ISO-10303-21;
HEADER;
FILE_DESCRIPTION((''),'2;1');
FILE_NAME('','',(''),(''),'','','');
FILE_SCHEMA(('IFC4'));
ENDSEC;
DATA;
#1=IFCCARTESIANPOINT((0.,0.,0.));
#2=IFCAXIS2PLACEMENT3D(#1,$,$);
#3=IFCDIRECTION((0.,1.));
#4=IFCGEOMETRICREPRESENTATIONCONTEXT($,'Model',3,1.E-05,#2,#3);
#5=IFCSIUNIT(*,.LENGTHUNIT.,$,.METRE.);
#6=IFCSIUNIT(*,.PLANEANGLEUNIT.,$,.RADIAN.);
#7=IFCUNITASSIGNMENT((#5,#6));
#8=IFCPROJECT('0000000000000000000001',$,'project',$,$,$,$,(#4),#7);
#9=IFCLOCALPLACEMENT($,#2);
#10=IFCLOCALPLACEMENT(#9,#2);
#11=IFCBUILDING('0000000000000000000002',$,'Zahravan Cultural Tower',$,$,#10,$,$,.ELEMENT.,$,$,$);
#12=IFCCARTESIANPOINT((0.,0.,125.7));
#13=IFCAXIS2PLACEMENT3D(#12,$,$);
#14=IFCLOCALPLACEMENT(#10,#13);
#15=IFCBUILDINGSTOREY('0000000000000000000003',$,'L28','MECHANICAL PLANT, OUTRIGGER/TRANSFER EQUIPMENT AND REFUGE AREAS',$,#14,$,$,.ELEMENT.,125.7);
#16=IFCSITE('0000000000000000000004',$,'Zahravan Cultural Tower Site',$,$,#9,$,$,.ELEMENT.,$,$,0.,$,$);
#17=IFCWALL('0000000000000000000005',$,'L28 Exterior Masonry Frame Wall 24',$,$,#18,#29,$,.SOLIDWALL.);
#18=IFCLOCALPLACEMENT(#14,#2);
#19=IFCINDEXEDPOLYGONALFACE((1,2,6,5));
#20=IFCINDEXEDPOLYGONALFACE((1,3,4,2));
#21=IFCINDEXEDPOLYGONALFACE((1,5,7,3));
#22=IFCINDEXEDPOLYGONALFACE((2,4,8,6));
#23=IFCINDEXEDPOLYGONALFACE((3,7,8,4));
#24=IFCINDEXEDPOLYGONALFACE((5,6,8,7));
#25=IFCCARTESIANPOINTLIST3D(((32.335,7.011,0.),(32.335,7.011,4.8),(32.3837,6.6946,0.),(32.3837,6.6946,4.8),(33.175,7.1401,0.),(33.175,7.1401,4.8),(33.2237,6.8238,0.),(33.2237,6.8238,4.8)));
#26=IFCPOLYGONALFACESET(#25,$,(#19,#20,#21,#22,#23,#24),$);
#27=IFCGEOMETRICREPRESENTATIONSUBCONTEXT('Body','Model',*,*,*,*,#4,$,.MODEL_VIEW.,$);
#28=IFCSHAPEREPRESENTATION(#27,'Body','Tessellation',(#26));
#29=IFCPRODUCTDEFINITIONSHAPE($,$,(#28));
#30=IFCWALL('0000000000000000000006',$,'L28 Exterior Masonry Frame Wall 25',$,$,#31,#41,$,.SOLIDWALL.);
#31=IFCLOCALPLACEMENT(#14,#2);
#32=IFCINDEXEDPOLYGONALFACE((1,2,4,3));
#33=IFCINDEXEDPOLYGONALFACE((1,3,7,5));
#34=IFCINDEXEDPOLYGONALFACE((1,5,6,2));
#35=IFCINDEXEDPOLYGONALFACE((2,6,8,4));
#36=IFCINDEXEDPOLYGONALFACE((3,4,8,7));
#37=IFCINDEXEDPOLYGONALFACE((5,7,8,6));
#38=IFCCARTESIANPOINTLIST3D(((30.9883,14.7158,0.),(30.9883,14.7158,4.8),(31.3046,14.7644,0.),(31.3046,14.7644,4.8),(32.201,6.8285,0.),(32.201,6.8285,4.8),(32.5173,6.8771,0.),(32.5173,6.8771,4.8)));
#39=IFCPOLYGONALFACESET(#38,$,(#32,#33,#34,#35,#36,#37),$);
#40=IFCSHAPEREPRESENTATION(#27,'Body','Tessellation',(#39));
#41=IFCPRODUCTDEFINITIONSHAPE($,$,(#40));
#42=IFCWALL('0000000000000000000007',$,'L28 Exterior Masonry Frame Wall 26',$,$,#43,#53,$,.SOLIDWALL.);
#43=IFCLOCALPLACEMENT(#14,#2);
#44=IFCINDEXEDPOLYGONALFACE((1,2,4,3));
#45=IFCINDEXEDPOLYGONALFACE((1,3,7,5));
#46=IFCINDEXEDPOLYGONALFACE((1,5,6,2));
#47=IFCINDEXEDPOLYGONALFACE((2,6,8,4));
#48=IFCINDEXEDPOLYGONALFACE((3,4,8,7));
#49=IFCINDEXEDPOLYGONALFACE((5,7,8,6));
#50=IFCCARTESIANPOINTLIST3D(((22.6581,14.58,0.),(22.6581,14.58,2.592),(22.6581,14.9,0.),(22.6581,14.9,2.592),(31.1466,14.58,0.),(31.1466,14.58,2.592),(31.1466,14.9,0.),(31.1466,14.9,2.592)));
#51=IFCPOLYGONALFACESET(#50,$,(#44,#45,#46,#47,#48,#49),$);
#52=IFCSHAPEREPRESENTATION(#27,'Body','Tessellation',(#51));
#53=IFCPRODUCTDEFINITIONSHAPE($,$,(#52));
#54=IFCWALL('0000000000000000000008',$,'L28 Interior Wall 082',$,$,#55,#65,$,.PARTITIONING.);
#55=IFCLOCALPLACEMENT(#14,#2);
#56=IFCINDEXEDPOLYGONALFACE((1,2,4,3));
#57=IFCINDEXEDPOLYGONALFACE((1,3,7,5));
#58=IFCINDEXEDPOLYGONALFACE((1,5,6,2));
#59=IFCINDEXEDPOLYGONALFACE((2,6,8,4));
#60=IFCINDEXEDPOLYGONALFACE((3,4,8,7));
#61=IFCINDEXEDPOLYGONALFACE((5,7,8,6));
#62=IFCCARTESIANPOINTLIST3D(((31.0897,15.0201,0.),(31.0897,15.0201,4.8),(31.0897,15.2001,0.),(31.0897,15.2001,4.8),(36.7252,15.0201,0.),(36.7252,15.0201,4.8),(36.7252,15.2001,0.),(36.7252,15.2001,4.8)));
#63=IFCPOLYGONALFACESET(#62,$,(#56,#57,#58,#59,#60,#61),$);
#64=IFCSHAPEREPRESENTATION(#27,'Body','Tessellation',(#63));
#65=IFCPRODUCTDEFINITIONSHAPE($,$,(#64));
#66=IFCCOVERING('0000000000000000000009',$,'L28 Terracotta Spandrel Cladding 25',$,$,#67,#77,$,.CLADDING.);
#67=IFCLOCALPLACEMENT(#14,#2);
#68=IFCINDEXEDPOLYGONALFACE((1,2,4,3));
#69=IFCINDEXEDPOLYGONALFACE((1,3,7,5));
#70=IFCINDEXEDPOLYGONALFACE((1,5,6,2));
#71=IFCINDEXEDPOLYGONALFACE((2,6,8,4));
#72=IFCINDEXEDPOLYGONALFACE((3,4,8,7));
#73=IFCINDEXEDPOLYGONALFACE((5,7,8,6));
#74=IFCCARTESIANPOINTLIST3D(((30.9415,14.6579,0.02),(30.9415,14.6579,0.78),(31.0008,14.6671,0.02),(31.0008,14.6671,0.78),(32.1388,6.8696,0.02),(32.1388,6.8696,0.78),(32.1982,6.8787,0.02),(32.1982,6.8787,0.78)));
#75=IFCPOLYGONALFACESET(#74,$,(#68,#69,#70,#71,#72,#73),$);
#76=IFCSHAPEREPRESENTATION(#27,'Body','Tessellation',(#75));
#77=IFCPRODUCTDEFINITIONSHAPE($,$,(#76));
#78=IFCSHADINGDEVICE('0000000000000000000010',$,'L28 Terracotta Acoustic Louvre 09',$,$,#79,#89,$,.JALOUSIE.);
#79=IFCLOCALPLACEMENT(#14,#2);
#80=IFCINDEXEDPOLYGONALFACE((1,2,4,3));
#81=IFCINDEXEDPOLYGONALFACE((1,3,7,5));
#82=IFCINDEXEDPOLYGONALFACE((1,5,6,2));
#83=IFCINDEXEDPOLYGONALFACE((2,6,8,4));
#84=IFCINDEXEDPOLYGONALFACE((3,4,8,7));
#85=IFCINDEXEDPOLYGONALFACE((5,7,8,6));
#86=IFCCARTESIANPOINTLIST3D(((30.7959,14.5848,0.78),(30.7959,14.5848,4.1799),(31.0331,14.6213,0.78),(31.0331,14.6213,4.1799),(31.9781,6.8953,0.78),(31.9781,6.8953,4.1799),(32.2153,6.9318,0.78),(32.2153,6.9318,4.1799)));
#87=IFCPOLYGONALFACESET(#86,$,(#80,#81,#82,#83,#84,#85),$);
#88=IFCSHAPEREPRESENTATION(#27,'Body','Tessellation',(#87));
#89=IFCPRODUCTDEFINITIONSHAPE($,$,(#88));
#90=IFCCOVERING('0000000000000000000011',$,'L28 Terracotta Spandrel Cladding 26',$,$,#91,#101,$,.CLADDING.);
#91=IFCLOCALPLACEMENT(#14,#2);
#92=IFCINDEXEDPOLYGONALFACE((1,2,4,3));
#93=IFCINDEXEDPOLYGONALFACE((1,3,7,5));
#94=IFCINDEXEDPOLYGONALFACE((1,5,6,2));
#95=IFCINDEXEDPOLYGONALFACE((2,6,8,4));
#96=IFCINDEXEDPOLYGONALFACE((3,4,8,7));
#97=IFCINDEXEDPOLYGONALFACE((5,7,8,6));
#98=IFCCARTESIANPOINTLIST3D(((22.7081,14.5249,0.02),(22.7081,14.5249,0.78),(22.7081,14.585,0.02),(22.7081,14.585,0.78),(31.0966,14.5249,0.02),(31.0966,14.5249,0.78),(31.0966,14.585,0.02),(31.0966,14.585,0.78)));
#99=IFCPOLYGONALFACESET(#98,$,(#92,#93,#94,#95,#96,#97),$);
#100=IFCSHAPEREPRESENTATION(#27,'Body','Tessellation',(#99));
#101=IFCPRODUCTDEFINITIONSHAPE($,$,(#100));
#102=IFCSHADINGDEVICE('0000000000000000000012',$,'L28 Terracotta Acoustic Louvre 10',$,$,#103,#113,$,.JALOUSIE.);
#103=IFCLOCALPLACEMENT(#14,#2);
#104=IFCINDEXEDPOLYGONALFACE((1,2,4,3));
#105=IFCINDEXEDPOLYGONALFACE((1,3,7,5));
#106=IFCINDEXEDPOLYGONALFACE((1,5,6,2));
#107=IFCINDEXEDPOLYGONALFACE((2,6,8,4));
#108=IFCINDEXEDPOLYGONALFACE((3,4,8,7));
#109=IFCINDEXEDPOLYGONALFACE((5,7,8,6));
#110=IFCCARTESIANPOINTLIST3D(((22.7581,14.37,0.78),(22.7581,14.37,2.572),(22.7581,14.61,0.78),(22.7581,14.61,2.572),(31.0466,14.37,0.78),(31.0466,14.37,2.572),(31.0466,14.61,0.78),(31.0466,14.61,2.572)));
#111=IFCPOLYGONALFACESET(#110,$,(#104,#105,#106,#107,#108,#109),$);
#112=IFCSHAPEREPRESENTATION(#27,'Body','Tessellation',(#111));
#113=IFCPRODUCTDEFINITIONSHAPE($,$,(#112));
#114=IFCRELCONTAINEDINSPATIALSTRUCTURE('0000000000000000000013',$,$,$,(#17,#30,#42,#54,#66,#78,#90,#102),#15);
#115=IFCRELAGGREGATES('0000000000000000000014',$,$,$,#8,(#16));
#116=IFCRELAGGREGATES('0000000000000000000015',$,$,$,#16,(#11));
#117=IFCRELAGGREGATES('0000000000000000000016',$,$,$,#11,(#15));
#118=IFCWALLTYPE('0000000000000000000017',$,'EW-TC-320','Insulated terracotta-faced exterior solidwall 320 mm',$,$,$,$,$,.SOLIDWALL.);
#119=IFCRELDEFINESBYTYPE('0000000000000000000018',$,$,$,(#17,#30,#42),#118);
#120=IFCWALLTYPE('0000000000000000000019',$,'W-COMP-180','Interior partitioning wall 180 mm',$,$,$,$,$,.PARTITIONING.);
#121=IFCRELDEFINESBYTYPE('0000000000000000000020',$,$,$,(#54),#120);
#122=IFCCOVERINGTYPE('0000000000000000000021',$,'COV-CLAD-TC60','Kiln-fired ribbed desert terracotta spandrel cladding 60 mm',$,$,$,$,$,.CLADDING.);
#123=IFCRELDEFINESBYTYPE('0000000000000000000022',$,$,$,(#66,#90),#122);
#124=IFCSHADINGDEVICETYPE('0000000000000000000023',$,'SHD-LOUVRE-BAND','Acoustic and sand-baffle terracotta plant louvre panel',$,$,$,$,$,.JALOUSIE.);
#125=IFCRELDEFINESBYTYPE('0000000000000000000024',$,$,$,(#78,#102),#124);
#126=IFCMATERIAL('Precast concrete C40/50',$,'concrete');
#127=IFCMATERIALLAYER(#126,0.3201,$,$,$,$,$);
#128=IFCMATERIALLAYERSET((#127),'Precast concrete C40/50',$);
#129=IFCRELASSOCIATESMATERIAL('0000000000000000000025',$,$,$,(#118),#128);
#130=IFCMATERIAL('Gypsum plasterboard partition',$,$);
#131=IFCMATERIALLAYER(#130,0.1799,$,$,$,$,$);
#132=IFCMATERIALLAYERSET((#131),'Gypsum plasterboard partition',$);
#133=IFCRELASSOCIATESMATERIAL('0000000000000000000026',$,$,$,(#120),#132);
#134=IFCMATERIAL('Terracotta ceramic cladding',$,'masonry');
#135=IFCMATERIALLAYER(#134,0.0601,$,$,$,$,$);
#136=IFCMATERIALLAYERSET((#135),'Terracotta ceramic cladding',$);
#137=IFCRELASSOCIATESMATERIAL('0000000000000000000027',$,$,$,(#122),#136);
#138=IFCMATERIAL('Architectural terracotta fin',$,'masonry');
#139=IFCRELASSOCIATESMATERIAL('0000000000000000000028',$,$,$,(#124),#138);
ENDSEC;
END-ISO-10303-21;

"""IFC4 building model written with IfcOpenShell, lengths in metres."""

from ifc_helpers import new_model, si_unit, direction, frame, frame_2d, origin, origin_2d, place, context, subcontext, project, spatial, rectangle, extrude, source, transform, mapped, material, layer, layer_set, type_object, element, save


model = new_model("IFC4")

# Units and contexts
model_context = context("Model", 3, precision=1e-05, world=origin(), true_north=direction((0.0, 1.0)))
body_context = subcontext(model_context, "Body", "Model", "MODEL_VIEW")
ifc_project = project(units=[si_unit("LENGTHUNIT", "METRE"), si_unit("PLANEANGLEUNIT", "RADIAN")], contexts=[model_context])

# Site, building, storey
site_placement = place(None, origin())
site = spatial("IfcSite", under=ifc_project, at=site_placement, Name="Zahravan Cultural Tower Site", CompositionType="ELEMENT", RefElevation=0.0)
building_placement = place(site_placement, origin())
building = spatial("IfcBuilding", under=site, at=building_placement, Name="Zahravan Cultural Tower", CompositionType="ELEMENT")
storey_placement = place(building_placement, frame((0.0, 0.0, 125.7)))
storey = spatial("IfcBuildingStorey", under=building, at=storey_placement, Name="L28", Description="MECHANICAL PLANT, OUTRIGGER/TRANSFER EQUIPMENT AND REFUGE AREAS", CompositionType="ELEMENT", Elevation=125.7)

# Walls
ifc_material_1 = material(Name="Precast concrete C40/50", Category="concrete")
ifc_layer_1 = layer(ifc_material_1, 0.3201)
ifc_layer_set_1 = layer_set([ifc_layer_1], Name="Precast concrete C40/50")
wall_type_1 = type_object("IfcWallType", Name="EW-TC-320", Description="Insulated terracotta-faced exterior solidwall 320 mm", PredefinedType="SOLIDWALL", material=ifc_layer_set_1)
shared_shape_1 = source(origin(), body_context, "Body", "SweptSolid", [
    extrude(rectangle(XDim=0.8499, YDim=0.3201, at=frame_2d((0.4248, 0.0))), origin(), (0.0, 0.0, 1.0), 4.8),
])
for number, where, z_axis, x_axis, name in (
    (1, (33.1992, 6.9819, 0.0), (0.0, 0.0, 1.0), (-0.988388, -0.151949, 0.0), "L28 Exterior Masonry Frame Wall 24"),
):
    element("IfcWall", number, at=place(storey_placement, frame(where, z_axis=z_axis, x_axis=x_axis)), inside=storey, type_object=wall_type_1, Name=name, PredefinedType="SOLIDWALL", context=body_context, shape_type="MappedRepresentation", body=[
        mapped(shared_shape_1, transform((0.0, 0.0, 0.0), x_axis=(1.0, 0.0, 0.0), y_axis=(0.0, 1.0, 0.0), z_axis=(0.0, 0.0, 1.0), scale=1.0)),
    ])
shared_shape_2 = source(origin(), body_context, "Body", "SweptSolid", [
    extrude(rectangle(XDim=7.98, YDim=0.3201, at=frame_2d((3.99, 0.0))), origin(), (0.0, 0.0, 1.0), 4.8),
])
wall_1_placement = place(storey_placement, frame((32.3591, 6.8528, 0.0), z_axis=(0.0, 0.0, 1.0), x_axis=(-0.151963, 0.988386, 0.0)))
element("IfcWall", 2, at=wall_1_placement, inside=storey, type_object=wall_type_1, Name="L28 Exterior Masonry Frame Wall 25", PredefinedType="SOLIDWALL", context=body_context, shape_type="MappedRepresentation", body=[
    mapped(shared_shape_2, transform((0.0, 0.0, 0.0), x_axis=(1.0, 0.0, 0.0), y_axis=(0.0, 1.0, 0.0), z_axis=(0.0, 0.0, 1.0), scale=1.0)),
])
shared_shape_3 = source(origin(), body_context, "Body", "SweptSolid", [
    extrude(rectangle(XDim=8.4885, YDim=0.3201, at=frame_2d((4.2441, 0.0))), origin(), (0.0, 0.0, 1.0), 2.592),
])
wall_2_placement = place(storey_placement, frame((31.1465, 14.74, 0.0), z_axis=(0.0, 0.0, 1.0), x_axis=(-1.0, 0.0, 0.0)))
element("IfcWall", 3, at=wall_2_placement, inside=storey, type_object=wall_type_1, Name="L28 Exterior Masonry Frame Wall 26", PredefinedType="SOLIDWALL", context=body_context, shape_type="MappedRepresentation", body=[
    mapped(shared_shape_3, transform((0.0, 0.0, 0.0), x_axis=(1.0, 0.0, 0.0), y_axis=(0.0, 1.0, 0.0), z_axis=(0.0, 0.0, 1.0), scale=1.0)),
])
ifc_material_2 = material(Name="Gypsum plasterboard partition")
ifc_layer_2 = layer(ifc_material_2, 0.1799)
ifc_layer_set_2 = layer_set([ifc_layer_2], Name="Gypsum plasterboard partition")
wall_type_2 = type_object("IfcWallType", Name="W-COMP-180", Description="Interior partitioning wall 180 mm", PredefinedType="PARTITIONING", material=ifc_layer_set_2)
shared_shape_4 = source(origin(), body_context, "Body", "SweptSolid", [
    extrude(rectangle(XDim=5.6355, YDim=0.1799, at=frame_2d((2.8179, 0.0))), origin(), (0.0, 0.0, 1.0), 4.8),
])
wall_3_placement = place(storey_placement, frame((31.0896, 15.1101, 0.0), z_axis=(0.0, 0.0, 1.0), x_axis=(1.0, 0.0, 0.0)))
element("IfcWall", 4, at=wall_3_placement, inside=storey, type_object=wall_type_2, Name="L28 Interior Wall 082", PredefinedType="PARTITIONING", context=body_context, shape_type="MappedRepresentation", body=[
    mapped(shared_shape_4, transform((0.0, 0.0, 0.0), x_axis=(1.0, 0.0, 0.0), y_axis=(0.0, 1.0, 0.0), z_axis=(0.0, 0.0, 1.0), scale=1.0)),
])

# Covering
ifc_material_3 = material(Name="Terracotta ceramic cladding", Category="masonry")
ifc_layer_3 = layer(ifc_material_3, 0.0601)
ifc_layer_set_3 = layer_set([ifc_layer_3], Name="Terracotta ceramic cladding")
covering_type = type_object("IfcCoveringType", Name="COV-CLAD-TC60", Description="Kiln-fired ribbed desert terracotta spandrel cladding 60 mm", PredefinedType="CLADDING", material=ifc_layer_set_3)
shared_shape_5 = source(origin(), body_context, "Body", "SweptSolid", [
    extrude(rectangle(XDim=7.8799, YDim=0.0601, at=origin_2d()), origin(), (0.0, 0.0, 1.0), 0.76),
])
covering_1_placement = place(storey_placement, frame((31.5698, 10.7683, 0.02), z_axis=(0.0, 0.0, 1.0), x_axis=(-0.151951, 0.988388, 0.0)))
element("IfcCovering", 5, at=covering_1_placement, inside=storey, type_object=covering_type, Name="L28 Terracotta Spandrel Cladding 25", PredefinedType="CLADDING", context=body_context, shape_type="MappedRepresentation", body=[
    mapped(shared_shape_5, transform((0.0, 0.0, 0.0), x_axis=(1.0, 0.0, 0.0), y_axis=(0.0, 1.0, 0.0), z_axis=(0.0, 0.0, 1.0), scale=1.0)),
])

# Shading device
ifc_material_4 = material(Name="Architectural terracotta fin", Category="masonry")
shading_device_type = type_object("IfcShadingDeviceType", Name="SHD-LOUVRE-BAND", Description="Acoustic and sand-baffle terracotta plant louvre panel", PredefinedType="JALOUSIE", material=ifc_material_4)
shared_shape_6 = source(origin(), body_context, "Body", "SweptSolid", [
    extrude(rectangle(XDim=7.7798, YDim=0.24, at=origin_2d()), origin(), (0.0, 0.0, 1.0), 3.3999),
])
shading_device_1_placement = place(storey_placement, frame((31.5056, 10.7583, 0.78), z_axis=(0.0, 0.0, 1.0), x_axis=(-0.151951, 0.988388, 0.0)))
element("IfcShadingDevice", 6, at=shading_device_1_placement, inside=storey, type_object=shading_device_type, Name="L28 Terracotta Acoustic Louvre 09", PredefinedType="JALOUSIE", context=body_context, shape_type="MappedRepresentation", body=[
    mapped(shared_shape_6, transform((0.0, 0.0, 0.0), x_axis=(1.0, 0.0, 0.0), y_axis=(0.0, 1.0, 0.0), z_axis=(0.0, 0.0, 1.0), scale=1.0)),
])

# Covering
shared_shape_7 = source(origin(), body_context, "Body", "SweptSolid", [
    extrude(rectangle(XDim=8.3884, YDim=0.0601, at=origin_2d()), origin(), (0.0, 0.0, 1.0), 0.76),
])
covering_2_placement = place(storey_placement, frame((26.9023, 14.5549, 0.02), z_axis=(0.0, 0.0, 1.0), x_axis=(-1.0, 0.0, 0.0)))
element("IfcCovering", 7, at=covering_2_placement, inside=storey, type_object=covering_type, Name="L28 Terracotta Spandrel Cladding 26", PredefinedType="CLADDING", context=body_context, shape_type="MappedRepresentation", body=[
    mapped(shared_shape_7, transform((0.0, 0.0, 0.0), x_axis=(1.0, 0.0, 0.0), y_axis=(0.0, 1.0, 0.0), z_axis=(0.0, 0.0, 1.0), scale=1.0)),
])

# Shading device
shared_shape_8 = source(origin(), body_context, "Body", "SweptSolid", [
    extrude(rectangle(XDim=8.2886, YDim=0.24, at=origin_2d()), origin(), (0.0, 0.0, 1.0), 1.792),
])
shading_device_2_placement = place(storey_placement, frame((26.9023, 14.49, 0.78), z_axis=(0.0, 0.0, 1.0), x_axis=(-1.0, 0.0, 0.0)))
element("IfcShadingDevice", 8, at=shading_device_2_placement, inside=storey, type_object=shading_device_type, Name="L28 Terracotta Acoustic Louvre 10", PredefinedType="JALOUSIE", context=body_context, shape_type="MappedRepresentation", body=[
    mapped(shared_shape_8, transform((0.0, 0.0, 0.0), x_axis=(1.0, 0.0, 0.0), y_axis=(0.0, 1.0, 0.0), z_axis=(0.0, 0.0, 1.0), scale=1.0)),
])

save(model, "model.ifc")
